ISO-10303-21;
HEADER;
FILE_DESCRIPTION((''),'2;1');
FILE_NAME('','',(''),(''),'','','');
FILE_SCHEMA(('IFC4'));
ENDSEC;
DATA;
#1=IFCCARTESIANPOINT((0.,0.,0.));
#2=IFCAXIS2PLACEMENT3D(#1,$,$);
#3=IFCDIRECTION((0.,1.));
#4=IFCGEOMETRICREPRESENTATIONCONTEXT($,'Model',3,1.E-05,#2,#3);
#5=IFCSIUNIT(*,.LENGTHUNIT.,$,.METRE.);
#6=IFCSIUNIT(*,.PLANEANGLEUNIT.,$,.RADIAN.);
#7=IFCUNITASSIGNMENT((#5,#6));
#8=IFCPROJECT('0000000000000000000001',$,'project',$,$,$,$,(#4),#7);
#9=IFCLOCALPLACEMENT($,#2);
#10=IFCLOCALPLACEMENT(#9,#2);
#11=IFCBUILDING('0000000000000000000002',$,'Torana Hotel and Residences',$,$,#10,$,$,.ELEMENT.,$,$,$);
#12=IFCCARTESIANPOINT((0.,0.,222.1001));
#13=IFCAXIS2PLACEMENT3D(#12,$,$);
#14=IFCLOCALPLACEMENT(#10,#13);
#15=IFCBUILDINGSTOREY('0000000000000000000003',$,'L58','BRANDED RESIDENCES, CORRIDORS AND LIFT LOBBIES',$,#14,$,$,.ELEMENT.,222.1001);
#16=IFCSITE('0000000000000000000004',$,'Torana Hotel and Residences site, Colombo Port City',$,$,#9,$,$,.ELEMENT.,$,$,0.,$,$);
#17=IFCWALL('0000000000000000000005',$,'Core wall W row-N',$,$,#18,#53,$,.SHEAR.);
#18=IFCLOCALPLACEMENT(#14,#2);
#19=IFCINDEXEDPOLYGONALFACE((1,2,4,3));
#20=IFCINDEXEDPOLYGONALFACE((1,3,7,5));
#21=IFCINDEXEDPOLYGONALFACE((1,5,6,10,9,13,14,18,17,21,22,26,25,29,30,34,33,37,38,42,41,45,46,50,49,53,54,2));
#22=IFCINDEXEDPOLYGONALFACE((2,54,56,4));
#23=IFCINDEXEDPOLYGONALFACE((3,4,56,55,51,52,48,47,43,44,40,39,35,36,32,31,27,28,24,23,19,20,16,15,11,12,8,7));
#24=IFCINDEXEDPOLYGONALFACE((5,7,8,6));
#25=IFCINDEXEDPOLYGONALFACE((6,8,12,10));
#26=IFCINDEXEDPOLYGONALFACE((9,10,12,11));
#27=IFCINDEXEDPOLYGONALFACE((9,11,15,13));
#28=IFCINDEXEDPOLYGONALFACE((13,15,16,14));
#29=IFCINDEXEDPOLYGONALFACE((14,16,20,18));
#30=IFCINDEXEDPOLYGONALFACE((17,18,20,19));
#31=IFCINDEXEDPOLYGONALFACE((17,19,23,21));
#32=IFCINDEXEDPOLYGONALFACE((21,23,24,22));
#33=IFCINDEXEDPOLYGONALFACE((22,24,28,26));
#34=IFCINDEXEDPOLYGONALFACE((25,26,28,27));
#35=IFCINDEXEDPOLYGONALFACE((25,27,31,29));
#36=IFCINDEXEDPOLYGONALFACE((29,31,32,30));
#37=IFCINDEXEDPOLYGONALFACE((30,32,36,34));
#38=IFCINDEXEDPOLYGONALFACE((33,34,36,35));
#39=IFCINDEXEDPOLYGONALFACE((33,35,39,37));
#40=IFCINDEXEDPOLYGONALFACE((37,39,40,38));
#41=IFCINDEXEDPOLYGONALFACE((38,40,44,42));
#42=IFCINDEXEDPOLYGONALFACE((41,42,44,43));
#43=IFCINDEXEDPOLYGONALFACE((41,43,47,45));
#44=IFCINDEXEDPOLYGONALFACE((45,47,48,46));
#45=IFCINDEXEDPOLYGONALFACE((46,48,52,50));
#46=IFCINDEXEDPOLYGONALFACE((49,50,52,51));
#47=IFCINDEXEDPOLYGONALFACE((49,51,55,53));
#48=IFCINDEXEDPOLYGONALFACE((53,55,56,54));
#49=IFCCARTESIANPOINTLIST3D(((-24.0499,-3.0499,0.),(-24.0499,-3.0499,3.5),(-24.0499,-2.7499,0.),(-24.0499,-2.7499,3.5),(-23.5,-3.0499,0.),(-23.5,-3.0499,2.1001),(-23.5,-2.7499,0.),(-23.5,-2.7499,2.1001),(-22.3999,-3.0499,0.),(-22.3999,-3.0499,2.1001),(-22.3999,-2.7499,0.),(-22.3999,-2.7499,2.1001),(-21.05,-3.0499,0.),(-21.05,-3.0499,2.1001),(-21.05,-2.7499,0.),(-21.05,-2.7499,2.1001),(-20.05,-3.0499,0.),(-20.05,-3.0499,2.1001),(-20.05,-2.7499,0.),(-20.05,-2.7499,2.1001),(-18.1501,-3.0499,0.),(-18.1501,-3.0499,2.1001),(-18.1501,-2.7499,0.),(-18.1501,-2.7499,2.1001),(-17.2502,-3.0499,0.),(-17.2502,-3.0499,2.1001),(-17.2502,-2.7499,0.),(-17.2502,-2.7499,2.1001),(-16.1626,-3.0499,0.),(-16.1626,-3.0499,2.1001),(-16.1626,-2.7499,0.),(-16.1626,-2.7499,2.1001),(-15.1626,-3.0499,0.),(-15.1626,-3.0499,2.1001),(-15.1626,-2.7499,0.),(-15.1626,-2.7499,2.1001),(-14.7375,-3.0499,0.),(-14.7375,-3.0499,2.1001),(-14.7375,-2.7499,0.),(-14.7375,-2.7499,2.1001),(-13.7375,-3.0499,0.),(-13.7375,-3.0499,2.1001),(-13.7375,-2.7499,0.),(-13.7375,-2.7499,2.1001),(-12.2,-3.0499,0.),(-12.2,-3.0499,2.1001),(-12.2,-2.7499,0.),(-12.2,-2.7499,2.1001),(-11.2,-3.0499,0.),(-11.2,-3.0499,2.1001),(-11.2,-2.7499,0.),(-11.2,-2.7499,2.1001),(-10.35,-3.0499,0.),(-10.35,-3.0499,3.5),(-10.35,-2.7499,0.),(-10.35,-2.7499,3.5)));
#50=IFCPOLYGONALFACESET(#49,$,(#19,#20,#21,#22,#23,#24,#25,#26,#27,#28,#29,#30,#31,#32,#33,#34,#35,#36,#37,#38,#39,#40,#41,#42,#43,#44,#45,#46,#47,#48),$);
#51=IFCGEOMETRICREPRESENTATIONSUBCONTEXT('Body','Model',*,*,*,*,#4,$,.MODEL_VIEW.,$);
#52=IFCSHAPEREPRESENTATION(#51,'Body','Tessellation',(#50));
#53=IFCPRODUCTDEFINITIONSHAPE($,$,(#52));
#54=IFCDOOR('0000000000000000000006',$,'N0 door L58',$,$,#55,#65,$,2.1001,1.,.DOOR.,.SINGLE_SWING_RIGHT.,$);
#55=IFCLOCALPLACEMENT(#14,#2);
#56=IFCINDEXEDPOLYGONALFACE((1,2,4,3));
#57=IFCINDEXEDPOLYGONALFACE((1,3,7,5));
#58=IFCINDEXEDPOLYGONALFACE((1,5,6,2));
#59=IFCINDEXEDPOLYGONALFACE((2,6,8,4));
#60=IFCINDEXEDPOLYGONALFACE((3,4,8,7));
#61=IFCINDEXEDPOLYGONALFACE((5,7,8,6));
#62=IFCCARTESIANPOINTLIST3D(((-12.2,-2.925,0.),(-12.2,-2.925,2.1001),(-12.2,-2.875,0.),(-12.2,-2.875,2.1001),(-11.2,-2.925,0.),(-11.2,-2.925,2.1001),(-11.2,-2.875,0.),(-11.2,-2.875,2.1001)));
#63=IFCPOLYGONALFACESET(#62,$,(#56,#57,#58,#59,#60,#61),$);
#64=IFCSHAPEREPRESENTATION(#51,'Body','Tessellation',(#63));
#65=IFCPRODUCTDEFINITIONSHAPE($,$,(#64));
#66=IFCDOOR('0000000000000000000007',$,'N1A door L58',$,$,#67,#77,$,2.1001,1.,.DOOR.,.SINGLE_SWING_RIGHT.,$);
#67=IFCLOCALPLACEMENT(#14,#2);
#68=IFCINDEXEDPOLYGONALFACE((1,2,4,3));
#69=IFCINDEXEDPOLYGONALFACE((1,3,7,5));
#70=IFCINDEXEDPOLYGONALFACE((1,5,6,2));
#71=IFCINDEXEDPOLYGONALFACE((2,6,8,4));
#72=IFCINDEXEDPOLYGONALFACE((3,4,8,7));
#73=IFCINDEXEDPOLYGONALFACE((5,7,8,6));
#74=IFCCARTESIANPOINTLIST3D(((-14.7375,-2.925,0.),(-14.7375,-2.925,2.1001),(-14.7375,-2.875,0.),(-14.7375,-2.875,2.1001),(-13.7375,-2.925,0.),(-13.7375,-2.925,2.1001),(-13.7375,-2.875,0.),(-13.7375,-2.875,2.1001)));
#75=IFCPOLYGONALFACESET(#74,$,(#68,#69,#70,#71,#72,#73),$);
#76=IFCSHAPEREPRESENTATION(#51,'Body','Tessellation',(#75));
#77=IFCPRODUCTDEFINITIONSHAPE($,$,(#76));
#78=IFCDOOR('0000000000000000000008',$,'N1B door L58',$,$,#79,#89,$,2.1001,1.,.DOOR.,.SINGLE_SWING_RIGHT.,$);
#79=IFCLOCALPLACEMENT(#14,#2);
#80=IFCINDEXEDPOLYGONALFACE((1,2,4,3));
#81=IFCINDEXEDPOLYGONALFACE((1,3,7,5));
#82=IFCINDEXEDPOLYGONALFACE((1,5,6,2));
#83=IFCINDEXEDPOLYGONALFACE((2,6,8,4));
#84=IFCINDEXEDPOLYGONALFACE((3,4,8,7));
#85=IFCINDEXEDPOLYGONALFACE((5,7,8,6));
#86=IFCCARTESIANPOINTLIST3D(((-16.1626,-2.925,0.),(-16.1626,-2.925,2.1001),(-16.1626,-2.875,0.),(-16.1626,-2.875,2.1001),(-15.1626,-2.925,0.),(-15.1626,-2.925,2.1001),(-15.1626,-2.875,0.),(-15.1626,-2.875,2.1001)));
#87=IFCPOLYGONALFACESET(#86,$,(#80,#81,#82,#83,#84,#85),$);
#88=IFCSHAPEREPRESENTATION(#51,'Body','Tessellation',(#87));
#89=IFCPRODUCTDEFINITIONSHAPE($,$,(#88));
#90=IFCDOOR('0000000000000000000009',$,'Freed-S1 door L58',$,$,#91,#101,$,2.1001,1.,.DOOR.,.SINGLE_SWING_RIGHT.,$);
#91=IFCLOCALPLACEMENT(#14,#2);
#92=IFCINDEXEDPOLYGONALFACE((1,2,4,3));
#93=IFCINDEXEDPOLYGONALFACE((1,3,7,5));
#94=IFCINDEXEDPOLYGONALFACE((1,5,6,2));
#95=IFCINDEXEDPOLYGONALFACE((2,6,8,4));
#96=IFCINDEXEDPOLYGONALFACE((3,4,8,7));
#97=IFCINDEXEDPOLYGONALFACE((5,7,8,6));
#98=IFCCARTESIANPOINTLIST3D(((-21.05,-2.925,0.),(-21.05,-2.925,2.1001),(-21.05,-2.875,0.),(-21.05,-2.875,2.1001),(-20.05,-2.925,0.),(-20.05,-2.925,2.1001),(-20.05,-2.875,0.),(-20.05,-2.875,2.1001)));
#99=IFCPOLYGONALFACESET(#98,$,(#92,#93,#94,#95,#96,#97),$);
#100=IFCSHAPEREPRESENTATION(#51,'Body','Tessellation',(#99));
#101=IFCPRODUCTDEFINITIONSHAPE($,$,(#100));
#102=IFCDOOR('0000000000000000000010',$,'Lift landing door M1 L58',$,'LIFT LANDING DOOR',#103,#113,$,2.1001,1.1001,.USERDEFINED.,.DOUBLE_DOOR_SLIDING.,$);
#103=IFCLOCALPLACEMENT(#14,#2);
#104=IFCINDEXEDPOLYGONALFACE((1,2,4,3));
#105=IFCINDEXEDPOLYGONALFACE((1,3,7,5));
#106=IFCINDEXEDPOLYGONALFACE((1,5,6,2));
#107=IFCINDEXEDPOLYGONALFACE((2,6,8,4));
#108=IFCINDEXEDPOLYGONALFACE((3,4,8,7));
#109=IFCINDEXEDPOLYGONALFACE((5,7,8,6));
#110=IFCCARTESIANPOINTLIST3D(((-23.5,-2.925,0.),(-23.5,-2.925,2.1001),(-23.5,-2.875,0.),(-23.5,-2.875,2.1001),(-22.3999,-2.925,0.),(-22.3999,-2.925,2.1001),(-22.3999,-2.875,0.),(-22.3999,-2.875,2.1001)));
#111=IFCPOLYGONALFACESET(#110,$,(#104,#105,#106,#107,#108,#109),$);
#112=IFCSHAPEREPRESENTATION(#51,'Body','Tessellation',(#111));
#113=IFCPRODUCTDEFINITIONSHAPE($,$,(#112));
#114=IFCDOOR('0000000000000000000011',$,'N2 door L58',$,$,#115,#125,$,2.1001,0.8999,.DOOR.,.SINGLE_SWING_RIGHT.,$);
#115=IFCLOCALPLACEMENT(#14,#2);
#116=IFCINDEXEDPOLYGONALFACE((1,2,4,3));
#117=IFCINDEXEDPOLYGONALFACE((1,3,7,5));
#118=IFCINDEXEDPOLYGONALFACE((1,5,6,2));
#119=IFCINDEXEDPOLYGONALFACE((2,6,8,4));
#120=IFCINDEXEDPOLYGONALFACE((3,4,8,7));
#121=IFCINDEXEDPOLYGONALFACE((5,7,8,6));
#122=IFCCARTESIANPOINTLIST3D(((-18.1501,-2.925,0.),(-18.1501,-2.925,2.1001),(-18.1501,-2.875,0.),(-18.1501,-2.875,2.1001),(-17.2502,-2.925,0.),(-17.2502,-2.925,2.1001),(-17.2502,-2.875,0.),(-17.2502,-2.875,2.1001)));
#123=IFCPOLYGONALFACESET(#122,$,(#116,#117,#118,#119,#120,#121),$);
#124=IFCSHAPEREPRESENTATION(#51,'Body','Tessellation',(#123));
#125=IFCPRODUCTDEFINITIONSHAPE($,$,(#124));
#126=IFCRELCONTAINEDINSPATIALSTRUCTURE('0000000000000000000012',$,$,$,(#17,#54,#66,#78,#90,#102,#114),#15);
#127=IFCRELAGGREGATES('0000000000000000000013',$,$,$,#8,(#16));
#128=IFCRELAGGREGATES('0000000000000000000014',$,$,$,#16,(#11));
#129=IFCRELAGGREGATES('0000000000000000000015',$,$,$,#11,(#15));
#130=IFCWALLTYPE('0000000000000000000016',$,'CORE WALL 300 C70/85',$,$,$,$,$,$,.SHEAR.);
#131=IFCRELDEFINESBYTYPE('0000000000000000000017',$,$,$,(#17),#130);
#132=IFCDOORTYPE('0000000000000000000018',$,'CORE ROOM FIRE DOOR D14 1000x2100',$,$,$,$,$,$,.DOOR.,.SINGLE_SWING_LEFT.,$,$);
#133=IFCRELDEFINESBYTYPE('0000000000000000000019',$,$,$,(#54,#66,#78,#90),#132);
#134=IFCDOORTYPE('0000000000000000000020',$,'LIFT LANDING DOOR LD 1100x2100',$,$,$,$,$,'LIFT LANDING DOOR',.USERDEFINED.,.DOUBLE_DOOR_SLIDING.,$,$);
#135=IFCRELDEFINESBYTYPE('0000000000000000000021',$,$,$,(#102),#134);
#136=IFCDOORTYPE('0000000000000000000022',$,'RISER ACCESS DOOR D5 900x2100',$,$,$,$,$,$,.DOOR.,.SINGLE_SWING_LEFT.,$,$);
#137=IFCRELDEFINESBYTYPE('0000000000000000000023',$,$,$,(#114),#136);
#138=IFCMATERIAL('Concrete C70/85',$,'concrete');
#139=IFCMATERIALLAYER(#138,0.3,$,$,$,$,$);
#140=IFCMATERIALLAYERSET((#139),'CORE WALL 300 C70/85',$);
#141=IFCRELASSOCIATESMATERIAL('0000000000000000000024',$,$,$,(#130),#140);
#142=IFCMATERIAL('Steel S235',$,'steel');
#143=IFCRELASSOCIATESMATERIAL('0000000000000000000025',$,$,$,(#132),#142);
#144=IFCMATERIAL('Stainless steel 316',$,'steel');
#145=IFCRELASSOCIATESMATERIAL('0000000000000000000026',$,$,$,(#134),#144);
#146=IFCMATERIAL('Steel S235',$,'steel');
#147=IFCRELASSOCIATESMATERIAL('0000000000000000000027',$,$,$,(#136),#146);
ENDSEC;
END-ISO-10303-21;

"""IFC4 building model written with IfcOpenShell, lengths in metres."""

from ifc_helpers import new_model, si_unit, direction, frame, frame_2d, origin, place, context, subcontext, project, spatial, rectangle, extrude, material, layer, layer_set, type_object, element, fill, save


model = new_model("IFC4")

# Units and contexts
model_context = context("Model", 3, precision=1e-05, world=origin(), true_north=direction((0.0, 1.0)))
body_context = subcontext(model_context, "Body", "Model", "MODEL_VIEW")
ifc_project = project(units=[si_unit("LENGTHUNIT", "METRE"), si_unit("PLANEANGLEUNIT", "RADIAN")], contexts=[model_context])

# Site, building, storey
site_placement = place(None, origin())
site = spatial("IfcSite", under=ifc_project, at=site_placement, Name="Torana Hotel and Residences site, Colombo Port City", CompositionType="ELEMENT", RefElevation=0.0)
building_placement = place(site_placement, origin())
building = spatial("IfcBuilding", under=site, at=building_placement, Name="Torana Hotel and Residences", CompositionType="ELEMENT")
storey_placement = place(building_placement, frame((0.0, 0.0, 222.1001)))
storey = spatial("IfcBuildingStorey", under=building, at=storey_placement, Name="L58", Description="BRANDED RESIDENCES, CORRIDORS AND LIFT LOBBIES", CompositionType="ELEMENT", Elevation=222.1001)

# Wall, openings, doors
ifc_material_1 = material(Name="Concrete C70/85", Category="concrete")
ifc_layer_1 = layer(ifc_material_1, 0.3)
ifc_layer_set_1 = layer_set([ifc_layer_1], Name="CORE WALL 300 C70/85")
wall_type_1 = type_object("IfcWallType", Name="CORE WALL 300 C70/85", PredefinedType="SHEAR", material=ifc_layer_set_1)
wall_1_placement = place(storey_placement, frame((-24.05, -2.8999, 0.0), z_axis=(0.0, 0.0, 1.0), x_axis=(1.0, 0.0, 0.0)))
wall_1 = element("IfcWall", 1, at=wall_1_placement, inside=storey, type_object=wall_type_1, Name="Core wall W row-N", PredefinedType="SHEAR", context=body_context, shape_type="SweptSolid", body=[
    extrude(rectangle(XDim=13.7, YDim=0.3, at=frame_2d((6.8501, 0.0))), origin(), (0.0, 0.0, 1.0), 3.5),
])
opening_1_placement = place(wall_1_placement, frame((0.55, 0.0, 0.0)))
opening_1 = element("IfcOpeningElement", 2, at=opening_1_placement, cuts=wall_1, PredefinedType="OPENING", context=body_context, shape_type="SweptSolid", body=[
    extrude(rectangle(XDim=1.1001, YDim=2.1001, at=frame_2d((0.55, 1.05))), frame((0.0, 0.1599, 0.0), z_axis=(0.0, -1.0, 0.0), x_axis=(1.0, 0.0, 0.0)), (0.0, 0.0, 1.0), 0.3201),
])
opening_2_placement = place(wall_1_placement, frame((5.8999, 0.0, 0.0)))
opening_2 = element("IfcOpeningElement", 3, at=opening_2_placement, cuts=wall_1, PredefinedType="OPENING", context=body_context, shape_type="SweptSolid", body=[
    extrude(rectangle(XDim=0.8999, YDim=2.1001, at=frame_2d((0.45, 1.05))), frame((0.0, 0.1599, 0.0), z_axis=(0.0, -1.0, 0.0), x_axis=(1.0, 0.0, 0.0)), (0.0, 0.0, 1.0), 0.3201),
])
opening_3_placement = place(wall_1_placement, frame((11.8501, 0.0, 0.0)))
opening_3 = element("IfcOpeningElement", 4, at=opening_3_placement, cuts=wall_1, PredefinedType="OPENING", context=body_context, shape_type="SweptSolid", body=[
    extrude(rectangle(XDim=1.0, YDim=2.1001, at=frame_2d((0.5, 1.05))), frame((0.0, 0.1599, 0.0), z_axis=(0.0, -1.0, 0.0), x_axis=(1.0, 0.0, 0.0)), (0.0, 0.0, 1.0), 0.3201),
])
opening_4_placement = place(wall_1_placement, frame((9.3125, 0.0, 0.0)))
opening_4 = element("IfcOpeningElement", 5, at=opening_4_placement, cuts=wall_1, PredefinedType="OPENING", context=body_context, shape_type="SweptSolid", body=[
    extrude(rectangle(XDim=1.0, YDim=2.1001, at=frame_2d((0.5, 1.05))), frame((0.0, 0.1599, 0.0), z_axis=(0.0, -1.0, 0.0), x_axis=(1.0, 0.0, 0.0)), (0.0, 0.0, 1.0), 0.3201),
])
opening_5_placement = place(wall_1_placement, frame((7.8875, 0.0, 0.0)))
opening_5 = element("IfcOpeningElement", 6, at=opening_5_placement, cuts=wall_1, PredefinedType="OPENING", context=body_context, shape_type="SweptSolid", body=[
    extrude(rectangle(XDim=1.0, YDim=2.1001, at=frame_2d((0.5, 1.05))), frame((0.0, 0.1599, 0.0), z_axis=(0.0, -1.0, 0.0), x_axis=(1.0, 0.0, 0.0)), (0.0, 0.0, 1.0), 0.3201),
])
opening_6_placement = place(wall_1_placement, frame((3.0, 0.0, 0.0)))
opening_6 = element("IfcOpeningElement", 7, at=opening_6_placement, cuts=wall_1, PredefinedType="OPENING", context=body_context, shape_type="SweptSolid", body=[
    extrude(rectangle(XDim=1.0, YDim=2.1001, at=frame_2d((0.5, 1.05))), frame((0.0, 0.1599, 0.0), z_axis=(0.0, -1.0, 0.0), x_axis=(1.0, 0.0, 0.0)), (0.0, 0.0, 1.0), 0.3201),
])
ifc_material_2 = material(Name="Steel S235", Category="steel")
door_type_1 = type_object("IfcDoorType", Name="CORE ROOM FIRE DOOR D14 1000x2100", OperationType="SINGLE_SWING_LEFT", PredefinedType="DOOR", material=ifc_material_2)
door_1_placement = place(opening_3_placement, origin())
door_1 = element("IfcDoor", 8, at=door_1_placement, inside=storey, type_object=door_type_1, Name="N0 door L58", OperationType="SINGLE_SWING_RIGHT", OverallHeight=2.1001, OverallWidth=1.0, PredefinedType="DOOR", context=body_context, shape_type="SweptSolid", body=[
    extrude(rectangle(XDim=1.0, YDim=2.1001, at=frame_2d((0.5, 1.05))), frame((0.0, 0.0249, 0.0), z_axis=(0.0, -1.0, 0.0), x_axis=(1.0, 0.0, 0.0)), (0.0, 0.0, 1.0), 0.05),
])
fill(opening_3, door_1)
door_2_placement = place(opening_4_placement, origin())
door_2 = element("IfcDoor", 9, at=door_2_placement, inside=storey, type_object=door_type_1, Name="N1A door L58", OperationType="SINGLE_SWING_RIGHT", OverallHeight=2.1001, OverallWidth=1.0, PredefinedType="DOOR", context=body_context, shape_type="SweptSolid", body=[
    extrude(rectangle(XDim=1.0, YDim=2.1001, at=frame_2d((0.5, 1.05))), frame((0.0, 0.0249, 0.0), z_axis=(0.0, -1.0, 0.0), x_axis=(1.0, 0.0, 0.0)), (0.0, 0.0, 1.0), 0.05),
])
fill(opening_4, door_2)
door_3_placement = place(opening_5_placement, origin())
door_3 = element("IfcDoor", 10, at=door_3_placement, inside=storey, type_object=door_type_1, Name="N1B door L58", OperationType="SINGLE_SWING_RIGHT", OverallHeight=2.1001, OverallWidth=1.0, PredefinedType="DOOR", context=body_context, shape_type="SweptSolid", body=[
    extrude(rectangle(XDim=1.0, YDim=2.1001, at=frame_2d((0.5, 1.05))), frame((0.0, 0.0249, 0.0), z_axis=(0.0, -1.0, 0.0), x_axis=(1.0, 0.0, 0.0)), (0.0, 0.0, 1.0), 0.05),
])
fill(opening_5, door_3)
door_4_placement = place(opening_6_placement, origin())
door_4 = element("IfcDoor", 11, at=door_4_placement, inside=storey, type_object=door_type_1, Name="Freed-S1 door L58", OperationType="SINGLE_SWING_RIGHT", OverallHeight=2.1001, OverallWidth=1.0, PredefinedType="DOOR", context=body_context, shape_type="SweptSolid", body=[
    extrude(rectangle(XDim=1.0, YDim=2.1001, at=frame_2d((0.5, 1.05))), frame((0.0, 0.0249, 0.0), z_axis=(0.0, -1.0, 0.0), x_axis=(1.0, 0.0, 0.0)), (0.0, 0.0, 1.0), 0.05),
])
fill(opening_6, door_4)
ifc_material_3 = material(Name="Stainless steel 316", Category="steel")
door_type_2 = type_object("IfcDoorType", Name="LIFT LANDING DOOR LD 1100x2100", ElementType="LIFT LANDING DOOR", OperationType="DOUBLE_DOOR_SLIDING", PredefinedType="USERDEFINED", material=ifc_material_3)
door_5_placement = place(opening_1_placement, origin())
door_5 = element("IfcDoor", 12, at=door_5_placement, inside=storey, type_object=door_type_2, Name="Lift landing door M1 L58", ObjectType="LIFT LANDING DOOR", OperationType="DOUBLE_DOOR_SLIDING", OverallHeight=2.1001, OverallWidth=1.1001, PredefinedType="USERDEFINED", context=body_context, shape_type="SweptSolid", body=[
    extrude(rectangle(XDim=1.1001, YDim=2.1001, at=frame_2d((0.55, 1.05))), frame((0.0, 0.0249, 0.0), z_axis=(0.0, -1.0, 0.0), x_axis=(1.0, 0.0, 0.0)), (0.0, 0.0, 1.0), 0.05),
])
fill(opening_1, door_5)
ifc_material_4 = material(Name="Steel S235", Category="steel")
door_type_3 = type_object("IfcDoorType", Name="RISER ACCESS DOOR D5 900x2100", OperationType="SINGLE_SWING_LEFT", PredefinedType="DOOR", material=ifc_material_4)
door_6_placement = place(opening_2_placement, origin())
door_6 = element("IfcDoor", 13, at=door_6_placement, inside=storey, type_object=door_type_3, Name="N2 door L58", OperationType="SINGLE_SWING_RIGHT", OverallHeight=2.1001, OverallWidth=0.8999, PredefinedType="DOOR", context=body_context, shape_type="SweptSolid", body=[
    extrude(rectangle(XDim=0.8999, YDim=2.1001, at=frame_2d((0.45, 1.05))), frame((0.0, 0.0249, 0.0), z_axis=(0.0, -1.0, 0.0), x_axis=(1.0, 0.0, 0.0)), (0.0, 0.0, 1.0), 0.05),
])
fill(opening_2, door_6)

save(model, "model.ifc")
